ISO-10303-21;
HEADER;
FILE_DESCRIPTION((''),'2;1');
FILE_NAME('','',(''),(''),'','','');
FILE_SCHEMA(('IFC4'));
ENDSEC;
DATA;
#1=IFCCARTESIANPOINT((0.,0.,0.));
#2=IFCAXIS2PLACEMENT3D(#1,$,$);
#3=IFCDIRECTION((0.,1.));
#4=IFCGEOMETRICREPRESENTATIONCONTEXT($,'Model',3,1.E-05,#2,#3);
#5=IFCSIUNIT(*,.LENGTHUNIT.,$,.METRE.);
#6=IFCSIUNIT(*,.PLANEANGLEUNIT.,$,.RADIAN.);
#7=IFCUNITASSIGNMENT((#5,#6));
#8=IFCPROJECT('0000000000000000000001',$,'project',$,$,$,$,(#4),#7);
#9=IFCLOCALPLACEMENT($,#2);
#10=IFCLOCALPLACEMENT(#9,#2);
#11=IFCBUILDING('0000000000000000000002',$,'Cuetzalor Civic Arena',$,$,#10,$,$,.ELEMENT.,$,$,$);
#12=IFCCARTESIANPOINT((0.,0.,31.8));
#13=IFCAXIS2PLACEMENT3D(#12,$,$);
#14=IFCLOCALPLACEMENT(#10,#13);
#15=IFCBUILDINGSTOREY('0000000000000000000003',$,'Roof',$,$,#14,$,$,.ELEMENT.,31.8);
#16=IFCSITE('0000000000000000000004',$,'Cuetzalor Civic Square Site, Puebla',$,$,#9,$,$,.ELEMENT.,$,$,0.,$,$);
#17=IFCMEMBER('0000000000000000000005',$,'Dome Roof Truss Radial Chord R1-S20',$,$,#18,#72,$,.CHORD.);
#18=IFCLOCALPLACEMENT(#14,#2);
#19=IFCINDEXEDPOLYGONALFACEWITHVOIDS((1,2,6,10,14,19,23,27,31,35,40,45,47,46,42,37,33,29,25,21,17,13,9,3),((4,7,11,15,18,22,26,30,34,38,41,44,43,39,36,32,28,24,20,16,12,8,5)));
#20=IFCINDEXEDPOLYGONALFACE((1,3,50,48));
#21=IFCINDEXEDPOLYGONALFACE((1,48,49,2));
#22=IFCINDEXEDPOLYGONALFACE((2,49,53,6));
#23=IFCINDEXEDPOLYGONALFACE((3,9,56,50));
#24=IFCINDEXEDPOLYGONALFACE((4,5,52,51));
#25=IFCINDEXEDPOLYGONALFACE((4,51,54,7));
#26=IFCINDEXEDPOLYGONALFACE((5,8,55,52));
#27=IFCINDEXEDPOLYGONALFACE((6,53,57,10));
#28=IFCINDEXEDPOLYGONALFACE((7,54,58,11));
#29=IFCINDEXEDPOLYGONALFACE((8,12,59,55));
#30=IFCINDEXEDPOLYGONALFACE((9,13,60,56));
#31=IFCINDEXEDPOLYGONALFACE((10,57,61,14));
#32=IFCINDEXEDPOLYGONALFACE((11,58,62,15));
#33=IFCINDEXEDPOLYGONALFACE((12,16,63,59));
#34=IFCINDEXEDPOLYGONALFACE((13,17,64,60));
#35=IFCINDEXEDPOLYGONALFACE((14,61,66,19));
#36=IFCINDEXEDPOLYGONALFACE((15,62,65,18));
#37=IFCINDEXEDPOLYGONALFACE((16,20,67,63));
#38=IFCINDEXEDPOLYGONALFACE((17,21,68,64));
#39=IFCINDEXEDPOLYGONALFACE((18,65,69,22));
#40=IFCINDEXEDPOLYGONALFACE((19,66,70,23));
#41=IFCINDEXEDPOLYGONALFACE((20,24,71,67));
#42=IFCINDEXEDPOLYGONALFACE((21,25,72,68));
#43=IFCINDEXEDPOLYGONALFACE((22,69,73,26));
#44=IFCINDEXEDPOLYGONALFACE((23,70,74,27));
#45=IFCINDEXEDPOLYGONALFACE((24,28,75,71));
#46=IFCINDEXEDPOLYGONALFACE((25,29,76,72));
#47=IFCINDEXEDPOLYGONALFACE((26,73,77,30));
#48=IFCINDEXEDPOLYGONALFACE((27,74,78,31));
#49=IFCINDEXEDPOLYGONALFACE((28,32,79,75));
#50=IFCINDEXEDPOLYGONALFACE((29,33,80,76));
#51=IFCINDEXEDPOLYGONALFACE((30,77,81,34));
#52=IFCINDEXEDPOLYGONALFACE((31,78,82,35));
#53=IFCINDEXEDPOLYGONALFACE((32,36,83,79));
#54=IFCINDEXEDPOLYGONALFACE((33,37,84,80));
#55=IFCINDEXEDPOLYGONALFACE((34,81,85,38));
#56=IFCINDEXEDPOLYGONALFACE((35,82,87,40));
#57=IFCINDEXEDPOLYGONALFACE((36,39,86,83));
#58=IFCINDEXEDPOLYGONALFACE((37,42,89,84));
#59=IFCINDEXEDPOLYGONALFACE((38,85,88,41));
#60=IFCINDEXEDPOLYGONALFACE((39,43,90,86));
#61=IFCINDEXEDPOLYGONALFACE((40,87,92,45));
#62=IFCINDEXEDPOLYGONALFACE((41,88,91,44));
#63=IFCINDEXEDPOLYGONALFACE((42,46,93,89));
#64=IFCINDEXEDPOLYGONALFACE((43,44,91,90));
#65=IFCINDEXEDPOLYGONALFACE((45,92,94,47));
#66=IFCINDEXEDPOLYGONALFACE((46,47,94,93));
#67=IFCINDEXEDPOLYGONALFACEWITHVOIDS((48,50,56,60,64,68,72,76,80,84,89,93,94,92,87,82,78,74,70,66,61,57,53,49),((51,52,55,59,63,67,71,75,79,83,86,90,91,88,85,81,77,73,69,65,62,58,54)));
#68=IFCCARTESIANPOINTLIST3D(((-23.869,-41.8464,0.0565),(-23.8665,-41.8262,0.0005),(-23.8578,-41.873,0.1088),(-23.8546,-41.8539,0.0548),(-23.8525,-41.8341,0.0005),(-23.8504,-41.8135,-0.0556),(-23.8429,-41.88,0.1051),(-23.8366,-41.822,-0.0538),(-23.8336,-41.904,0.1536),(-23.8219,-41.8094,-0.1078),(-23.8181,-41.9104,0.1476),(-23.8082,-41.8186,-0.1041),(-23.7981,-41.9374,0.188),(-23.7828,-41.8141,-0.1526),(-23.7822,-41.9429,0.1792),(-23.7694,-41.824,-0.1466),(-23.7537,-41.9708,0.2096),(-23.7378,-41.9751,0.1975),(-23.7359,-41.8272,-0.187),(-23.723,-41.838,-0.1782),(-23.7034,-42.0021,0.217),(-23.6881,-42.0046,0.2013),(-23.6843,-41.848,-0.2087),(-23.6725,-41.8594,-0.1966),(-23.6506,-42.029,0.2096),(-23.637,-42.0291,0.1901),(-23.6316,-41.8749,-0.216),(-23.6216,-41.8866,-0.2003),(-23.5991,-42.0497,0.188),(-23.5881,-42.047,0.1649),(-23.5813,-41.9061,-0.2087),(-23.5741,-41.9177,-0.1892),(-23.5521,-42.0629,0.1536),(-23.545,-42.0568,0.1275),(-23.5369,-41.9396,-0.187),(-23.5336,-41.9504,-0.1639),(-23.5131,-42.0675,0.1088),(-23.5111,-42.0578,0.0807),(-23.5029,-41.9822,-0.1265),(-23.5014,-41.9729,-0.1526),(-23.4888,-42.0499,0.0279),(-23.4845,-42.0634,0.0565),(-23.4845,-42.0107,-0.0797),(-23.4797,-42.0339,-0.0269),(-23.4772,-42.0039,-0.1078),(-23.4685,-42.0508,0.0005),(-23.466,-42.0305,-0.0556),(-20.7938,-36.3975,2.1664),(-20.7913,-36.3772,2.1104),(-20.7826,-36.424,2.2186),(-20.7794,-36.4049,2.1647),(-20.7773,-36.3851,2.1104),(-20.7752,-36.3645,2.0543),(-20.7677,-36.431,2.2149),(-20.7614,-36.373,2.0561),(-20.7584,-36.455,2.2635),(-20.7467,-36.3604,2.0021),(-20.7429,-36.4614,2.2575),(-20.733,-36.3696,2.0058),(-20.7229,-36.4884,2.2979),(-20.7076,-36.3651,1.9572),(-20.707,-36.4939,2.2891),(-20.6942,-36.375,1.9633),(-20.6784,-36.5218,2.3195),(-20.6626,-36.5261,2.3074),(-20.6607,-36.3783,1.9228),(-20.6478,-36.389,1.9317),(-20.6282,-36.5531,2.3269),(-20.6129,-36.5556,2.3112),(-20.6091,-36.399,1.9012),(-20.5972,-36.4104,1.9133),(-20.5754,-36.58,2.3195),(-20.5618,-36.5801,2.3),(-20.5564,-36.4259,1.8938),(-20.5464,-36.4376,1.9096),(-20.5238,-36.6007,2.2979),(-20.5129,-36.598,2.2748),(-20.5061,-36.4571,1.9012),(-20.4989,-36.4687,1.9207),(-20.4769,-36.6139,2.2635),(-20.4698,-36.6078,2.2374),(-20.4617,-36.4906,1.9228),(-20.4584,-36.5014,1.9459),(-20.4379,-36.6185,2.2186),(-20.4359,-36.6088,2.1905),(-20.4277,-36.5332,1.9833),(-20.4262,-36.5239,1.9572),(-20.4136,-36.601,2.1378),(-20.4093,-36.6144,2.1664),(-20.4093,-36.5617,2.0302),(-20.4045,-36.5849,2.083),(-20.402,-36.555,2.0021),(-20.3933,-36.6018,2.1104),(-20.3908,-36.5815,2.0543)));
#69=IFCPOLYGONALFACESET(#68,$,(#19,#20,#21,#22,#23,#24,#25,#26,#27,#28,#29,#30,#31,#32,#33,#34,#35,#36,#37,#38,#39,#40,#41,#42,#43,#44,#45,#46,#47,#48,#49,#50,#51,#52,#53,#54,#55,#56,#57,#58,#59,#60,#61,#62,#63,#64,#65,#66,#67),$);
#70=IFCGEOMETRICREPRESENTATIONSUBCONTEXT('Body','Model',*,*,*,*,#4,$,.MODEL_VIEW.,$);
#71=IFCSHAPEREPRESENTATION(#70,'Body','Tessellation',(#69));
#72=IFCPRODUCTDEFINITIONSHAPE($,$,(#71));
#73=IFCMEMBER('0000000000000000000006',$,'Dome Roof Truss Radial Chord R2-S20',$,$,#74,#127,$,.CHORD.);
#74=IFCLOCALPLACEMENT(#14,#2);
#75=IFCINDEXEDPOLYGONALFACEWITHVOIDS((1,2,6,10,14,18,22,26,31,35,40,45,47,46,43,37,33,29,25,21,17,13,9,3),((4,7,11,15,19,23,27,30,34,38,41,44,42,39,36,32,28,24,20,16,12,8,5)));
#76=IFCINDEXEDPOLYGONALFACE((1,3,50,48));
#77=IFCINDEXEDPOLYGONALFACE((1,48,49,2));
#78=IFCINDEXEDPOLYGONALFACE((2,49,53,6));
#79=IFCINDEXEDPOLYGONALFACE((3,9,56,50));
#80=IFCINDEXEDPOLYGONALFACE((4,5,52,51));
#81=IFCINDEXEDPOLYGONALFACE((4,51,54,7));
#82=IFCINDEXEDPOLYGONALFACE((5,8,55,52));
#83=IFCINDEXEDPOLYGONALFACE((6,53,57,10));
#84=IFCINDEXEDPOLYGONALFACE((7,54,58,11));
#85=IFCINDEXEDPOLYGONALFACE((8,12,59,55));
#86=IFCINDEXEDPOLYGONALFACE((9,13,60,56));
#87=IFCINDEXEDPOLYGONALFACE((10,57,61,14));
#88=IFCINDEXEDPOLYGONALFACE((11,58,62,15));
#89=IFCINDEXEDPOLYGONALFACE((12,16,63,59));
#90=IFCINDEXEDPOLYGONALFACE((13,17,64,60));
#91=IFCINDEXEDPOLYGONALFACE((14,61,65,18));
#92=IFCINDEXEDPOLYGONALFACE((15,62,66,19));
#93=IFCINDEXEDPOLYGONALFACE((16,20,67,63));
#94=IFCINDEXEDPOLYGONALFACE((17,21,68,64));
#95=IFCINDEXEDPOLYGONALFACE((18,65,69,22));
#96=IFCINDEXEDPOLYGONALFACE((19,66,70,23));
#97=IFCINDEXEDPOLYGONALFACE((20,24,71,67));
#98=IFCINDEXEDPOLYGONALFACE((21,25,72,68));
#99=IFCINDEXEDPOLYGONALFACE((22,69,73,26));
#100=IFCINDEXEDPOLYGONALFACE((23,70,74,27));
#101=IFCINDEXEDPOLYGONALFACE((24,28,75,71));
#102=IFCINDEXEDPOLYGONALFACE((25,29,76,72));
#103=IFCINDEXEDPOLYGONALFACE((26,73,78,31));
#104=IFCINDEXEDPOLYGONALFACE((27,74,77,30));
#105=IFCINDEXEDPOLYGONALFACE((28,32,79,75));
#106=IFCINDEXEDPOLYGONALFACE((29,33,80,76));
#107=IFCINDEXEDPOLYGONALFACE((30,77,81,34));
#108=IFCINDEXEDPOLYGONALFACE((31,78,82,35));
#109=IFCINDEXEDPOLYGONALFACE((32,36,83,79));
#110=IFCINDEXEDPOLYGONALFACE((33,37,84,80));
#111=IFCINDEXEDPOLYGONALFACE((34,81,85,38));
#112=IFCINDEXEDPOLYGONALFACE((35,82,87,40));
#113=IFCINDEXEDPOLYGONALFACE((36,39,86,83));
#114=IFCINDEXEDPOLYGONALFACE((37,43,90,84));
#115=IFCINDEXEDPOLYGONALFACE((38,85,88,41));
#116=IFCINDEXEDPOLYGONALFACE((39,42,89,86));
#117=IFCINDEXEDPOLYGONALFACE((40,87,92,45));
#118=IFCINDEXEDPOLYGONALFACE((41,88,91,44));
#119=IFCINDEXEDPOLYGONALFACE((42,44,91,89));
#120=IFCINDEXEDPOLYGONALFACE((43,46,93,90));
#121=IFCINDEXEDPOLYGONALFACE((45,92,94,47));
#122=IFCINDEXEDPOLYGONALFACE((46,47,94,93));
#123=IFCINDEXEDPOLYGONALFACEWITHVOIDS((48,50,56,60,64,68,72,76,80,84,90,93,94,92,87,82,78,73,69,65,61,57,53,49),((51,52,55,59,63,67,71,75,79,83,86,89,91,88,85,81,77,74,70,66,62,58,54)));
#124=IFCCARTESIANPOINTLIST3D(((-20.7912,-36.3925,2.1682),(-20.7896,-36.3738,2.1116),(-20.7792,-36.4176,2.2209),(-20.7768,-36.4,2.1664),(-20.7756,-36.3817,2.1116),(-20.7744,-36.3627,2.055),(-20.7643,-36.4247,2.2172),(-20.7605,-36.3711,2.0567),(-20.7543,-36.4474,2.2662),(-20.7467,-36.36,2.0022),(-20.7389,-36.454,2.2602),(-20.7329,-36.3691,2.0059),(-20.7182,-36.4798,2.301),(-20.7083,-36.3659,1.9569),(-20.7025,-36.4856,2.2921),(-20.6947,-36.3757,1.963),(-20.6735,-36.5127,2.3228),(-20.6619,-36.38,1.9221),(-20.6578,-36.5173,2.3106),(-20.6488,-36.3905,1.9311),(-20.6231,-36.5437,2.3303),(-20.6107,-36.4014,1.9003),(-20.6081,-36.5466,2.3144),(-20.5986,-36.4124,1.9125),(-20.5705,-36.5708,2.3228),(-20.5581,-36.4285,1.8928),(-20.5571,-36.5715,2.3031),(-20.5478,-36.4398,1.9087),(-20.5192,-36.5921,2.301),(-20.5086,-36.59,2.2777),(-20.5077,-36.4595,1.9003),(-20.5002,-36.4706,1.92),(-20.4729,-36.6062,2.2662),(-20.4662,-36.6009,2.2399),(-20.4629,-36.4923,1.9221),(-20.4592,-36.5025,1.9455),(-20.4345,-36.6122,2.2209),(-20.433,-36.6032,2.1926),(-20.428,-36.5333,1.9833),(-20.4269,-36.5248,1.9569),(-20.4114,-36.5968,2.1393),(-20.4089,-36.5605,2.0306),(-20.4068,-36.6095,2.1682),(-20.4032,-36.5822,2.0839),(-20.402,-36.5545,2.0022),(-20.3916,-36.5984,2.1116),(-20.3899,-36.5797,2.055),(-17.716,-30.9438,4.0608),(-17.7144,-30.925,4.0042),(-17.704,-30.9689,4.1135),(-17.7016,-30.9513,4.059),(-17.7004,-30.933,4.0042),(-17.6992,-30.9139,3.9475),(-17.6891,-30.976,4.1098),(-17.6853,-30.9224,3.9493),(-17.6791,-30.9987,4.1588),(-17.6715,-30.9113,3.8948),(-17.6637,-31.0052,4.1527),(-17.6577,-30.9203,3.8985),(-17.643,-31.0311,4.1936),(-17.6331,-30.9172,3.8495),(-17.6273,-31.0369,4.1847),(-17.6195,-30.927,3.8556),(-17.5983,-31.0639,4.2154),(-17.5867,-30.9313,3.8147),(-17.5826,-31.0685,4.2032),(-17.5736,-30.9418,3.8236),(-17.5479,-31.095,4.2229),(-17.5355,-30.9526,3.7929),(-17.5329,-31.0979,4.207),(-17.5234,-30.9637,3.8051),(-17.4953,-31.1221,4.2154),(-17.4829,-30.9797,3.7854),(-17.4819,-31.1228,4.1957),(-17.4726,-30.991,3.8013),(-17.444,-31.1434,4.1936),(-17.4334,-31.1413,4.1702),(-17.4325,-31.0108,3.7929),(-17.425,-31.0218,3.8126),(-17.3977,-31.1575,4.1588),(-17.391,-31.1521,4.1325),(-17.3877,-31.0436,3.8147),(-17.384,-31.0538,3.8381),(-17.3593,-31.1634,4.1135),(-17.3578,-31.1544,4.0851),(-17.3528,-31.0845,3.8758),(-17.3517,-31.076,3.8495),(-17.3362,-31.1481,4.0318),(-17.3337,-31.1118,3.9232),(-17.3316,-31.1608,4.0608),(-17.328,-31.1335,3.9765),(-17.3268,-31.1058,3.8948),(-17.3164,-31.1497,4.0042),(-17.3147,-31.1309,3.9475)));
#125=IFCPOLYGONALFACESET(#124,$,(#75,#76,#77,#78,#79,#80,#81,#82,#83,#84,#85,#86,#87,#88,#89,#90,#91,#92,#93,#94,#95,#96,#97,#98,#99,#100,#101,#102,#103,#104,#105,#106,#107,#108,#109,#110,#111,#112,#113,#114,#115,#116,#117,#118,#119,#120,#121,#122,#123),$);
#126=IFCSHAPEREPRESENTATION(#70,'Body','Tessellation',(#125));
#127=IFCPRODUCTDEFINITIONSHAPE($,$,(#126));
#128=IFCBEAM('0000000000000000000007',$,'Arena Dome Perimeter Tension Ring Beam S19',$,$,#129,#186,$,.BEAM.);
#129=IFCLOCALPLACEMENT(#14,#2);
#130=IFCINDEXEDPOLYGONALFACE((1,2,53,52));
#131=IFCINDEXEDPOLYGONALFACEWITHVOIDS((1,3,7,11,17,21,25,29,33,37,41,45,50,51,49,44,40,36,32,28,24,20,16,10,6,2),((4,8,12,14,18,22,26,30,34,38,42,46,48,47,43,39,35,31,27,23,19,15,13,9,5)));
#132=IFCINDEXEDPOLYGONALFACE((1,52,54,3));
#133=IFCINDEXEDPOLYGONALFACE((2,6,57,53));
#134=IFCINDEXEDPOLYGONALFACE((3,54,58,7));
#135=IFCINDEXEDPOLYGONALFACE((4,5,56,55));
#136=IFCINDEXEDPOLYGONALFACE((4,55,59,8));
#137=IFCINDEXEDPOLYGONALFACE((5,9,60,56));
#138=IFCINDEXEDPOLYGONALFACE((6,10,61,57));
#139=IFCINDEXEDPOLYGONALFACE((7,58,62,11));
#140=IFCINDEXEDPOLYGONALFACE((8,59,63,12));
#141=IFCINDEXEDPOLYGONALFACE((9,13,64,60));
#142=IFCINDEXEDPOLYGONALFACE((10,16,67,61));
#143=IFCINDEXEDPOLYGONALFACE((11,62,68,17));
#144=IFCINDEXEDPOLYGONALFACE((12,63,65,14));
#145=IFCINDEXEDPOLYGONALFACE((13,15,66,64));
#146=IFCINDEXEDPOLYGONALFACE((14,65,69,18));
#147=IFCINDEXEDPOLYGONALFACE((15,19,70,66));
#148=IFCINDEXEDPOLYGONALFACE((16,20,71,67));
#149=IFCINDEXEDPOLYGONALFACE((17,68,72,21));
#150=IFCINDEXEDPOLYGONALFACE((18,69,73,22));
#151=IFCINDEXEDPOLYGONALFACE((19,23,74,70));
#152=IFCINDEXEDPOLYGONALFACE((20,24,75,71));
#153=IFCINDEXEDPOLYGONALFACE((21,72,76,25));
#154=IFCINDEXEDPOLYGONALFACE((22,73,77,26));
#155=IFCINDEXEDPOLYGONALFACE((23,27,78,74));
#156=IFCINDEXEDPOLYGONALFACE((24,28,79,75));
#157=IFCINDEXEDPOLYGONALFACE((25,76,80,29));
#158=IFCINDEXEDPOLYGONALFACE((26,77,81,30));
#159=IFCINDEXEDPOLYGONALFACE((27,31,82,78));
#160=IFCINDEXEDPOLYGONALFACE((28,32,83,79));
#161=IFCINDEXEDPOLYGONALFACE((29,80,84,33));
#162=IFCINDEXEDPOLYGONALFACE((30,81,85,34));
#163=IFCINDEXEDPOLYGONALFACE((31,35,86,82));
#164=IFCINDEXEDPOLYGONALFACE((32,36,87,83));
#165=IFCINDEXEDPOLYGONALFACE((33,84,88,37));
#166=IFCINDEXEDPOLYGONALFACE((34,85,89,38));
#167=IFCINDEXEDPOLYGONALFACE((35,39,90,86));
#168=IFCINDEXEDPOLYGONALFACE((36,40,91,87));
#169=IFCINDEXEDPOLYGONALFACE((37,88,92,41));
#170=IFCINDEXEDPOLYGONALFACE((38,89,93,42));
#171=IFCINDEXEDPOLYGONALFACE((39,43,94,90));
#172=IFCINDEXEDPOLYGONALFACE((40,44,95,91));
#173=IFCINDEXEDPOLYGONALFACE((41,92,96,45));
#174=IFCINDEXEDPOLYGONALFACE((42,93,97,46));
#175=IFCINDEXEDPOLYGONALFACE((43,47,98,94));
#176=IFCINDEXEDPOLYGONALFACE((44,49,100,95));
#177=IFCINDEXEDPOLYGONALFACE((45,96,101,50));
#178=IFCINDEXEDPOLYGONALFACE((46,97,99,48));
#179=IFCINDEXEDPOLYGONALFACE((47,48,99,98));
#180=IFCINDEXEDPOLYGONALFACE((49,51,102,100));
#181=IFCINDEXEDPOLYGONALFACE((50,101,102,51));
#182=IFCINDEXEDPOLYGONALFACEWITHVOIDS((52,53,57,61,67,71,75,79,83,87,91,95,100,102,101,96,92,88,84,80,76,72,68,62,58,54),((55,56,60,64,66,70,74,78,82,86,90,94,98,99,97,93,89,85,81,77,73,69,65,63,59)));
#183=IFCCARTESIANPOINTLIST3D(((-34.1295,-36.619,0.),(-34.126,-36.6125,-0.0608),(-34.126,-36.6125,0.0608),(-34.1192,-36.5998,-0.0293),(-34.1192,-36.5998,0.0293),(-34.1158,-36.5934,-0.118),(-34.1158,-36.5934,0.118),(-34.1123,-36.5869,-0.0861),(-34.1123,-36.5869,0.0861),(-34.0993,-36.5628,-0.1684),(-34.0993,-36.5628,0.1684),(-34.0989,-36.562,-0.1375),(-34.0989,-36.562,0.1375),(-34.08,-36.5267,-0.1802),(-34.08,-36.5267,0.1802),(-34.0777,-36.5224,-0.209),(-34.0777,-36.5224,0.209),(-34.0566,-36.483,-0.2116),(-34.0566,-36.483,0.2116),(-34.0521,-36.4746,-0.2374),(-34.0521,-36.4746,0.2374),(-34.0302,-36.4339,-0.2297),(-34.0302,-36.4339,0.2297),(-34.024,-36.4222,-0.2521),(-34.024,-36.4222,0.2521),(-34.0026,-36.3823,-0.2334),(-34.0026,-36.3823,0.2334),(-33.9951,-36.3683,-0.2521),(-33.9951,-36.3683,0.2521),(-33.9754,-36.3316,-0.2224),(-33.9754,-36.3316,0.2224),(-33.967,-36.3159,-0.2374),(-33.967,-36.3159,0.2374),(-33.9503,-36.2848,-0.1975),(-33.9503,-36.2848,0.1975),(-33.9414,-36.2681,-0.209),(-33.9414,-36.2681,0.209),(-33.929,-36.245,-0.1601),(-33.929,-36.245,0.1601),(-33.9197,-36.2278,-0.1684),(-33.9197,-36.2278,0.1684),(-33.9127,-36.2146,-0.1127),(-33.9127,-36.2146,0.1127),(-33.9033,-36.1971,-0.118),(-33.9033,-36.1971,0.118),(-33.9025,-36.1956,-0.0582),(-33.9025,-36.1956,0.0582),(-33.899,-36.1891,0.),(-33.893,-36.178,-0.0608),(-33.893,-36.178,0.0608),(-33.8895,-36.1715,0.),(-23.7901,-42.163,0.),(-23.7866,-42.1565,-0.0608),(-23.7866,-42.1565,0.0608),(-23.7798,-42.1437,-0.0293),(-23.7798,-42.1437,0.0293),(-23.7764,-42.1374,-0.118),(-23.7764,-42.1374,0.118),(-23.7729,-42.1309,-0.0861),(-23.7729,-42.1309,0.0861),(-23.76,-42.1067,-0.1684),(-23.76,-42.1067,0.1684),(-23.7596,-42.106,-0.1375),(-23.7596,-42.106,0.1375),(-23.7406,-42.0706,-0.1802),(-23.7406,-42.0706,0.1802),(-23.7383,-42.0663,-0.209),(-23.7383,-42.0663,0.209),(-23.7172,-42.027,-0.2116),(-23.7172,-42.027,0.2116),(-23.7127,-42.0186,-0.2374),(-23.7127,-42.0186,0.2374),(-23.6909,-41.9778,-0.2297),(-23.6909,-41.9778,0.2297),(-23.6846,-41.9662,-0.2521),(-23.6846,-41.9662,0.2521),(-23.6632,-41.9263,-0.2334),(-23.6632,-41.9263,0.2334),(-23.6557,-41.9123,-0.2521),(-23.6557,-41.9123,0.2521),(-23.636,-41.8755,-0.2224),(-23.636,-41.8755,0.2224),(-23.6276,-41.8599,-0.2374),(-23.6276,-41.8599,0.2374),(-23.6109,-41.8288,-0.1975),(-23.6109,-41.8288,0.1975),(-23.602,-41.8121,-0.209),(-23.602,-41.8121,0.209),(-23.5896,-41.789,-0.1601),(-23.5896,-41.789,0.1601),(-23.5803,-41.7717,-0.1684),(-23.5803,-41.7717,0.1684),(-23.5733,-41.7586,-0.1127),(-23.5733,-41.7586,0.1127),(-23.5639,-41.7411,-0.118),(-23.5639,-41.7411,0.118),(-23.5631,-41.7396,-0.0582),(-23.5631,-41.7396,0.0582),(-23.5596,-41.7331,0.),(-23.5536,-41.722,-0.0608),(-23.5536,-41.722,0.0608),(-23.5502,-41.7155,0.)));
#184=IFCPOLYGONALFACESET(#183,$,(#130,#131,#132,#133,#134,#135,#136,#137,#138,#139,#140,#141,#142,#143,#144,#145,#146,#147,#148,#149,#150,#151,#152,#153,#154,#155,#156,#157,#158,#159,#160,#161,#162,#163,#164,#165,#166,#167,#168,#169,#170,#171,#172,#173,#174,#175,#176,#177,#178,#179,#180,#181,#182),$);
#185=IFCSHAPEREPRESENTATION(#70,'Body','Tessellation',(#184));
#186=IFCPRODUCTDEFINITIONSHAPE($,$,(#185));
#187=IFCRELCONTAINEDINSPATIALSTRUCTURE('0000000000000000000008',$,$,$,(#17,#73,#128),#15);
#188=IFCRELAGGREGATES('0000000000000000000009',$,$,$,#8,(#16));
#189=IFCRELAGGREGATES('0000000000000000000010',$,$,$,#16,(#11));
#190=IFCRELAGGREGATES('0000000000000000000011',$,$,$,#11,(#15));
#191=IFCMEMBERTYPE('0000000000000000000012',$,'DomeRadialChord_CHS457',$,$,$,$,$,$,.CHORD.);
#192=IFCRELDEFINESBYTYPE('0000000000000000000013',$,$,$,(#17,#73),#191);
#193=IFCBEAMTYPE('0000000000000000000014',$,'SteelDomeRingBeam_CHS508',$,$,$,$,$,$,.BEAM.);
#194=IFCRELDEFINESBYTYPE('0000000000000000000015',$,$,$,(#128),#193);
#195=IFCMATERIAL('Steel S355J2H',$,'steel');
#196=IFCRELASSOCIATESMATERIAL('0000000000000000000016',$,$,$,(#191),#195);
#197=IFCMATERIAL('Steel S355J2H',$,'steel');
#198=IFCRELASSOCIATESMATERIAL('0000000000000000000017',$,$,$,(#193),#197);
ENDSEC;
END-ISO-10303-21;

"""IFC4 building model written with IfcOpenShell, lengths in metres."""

from ifc_helpers import new_model, si_unit, direction, frame, origin, origin_2d, place, context, subcontext, project, spatial, hollow_circle, extrude, material, material_profile, profile_set, type_object, element, save


model = new_model("IFC4")

# Units and contexts
model_context = context("Model", 3, precision=1e-05, world=origin(), true_north=direction((0.0, 1.0)))
body_context = subcontext(model_context, "Body", "Model", "MODEL_VIEW")
ifc_project = project(units=[si_unit("LENGTHUNIT", "METRE"), si_unit("PLANEANGLEUNIT", "RADIAN")], contexts=[model_context])

# Site, building, storey
site_placement = place(None, origin())
site = spatial("IfcSite", under=ifc_project, at=site_placement, Name="Cuetzalor Civic Square Site, Puebla", CompositionType="ELEMENT", RefElevation=0.0)
building_placement = place(site_placement, origin())
building = spatial("IfcBuilding", under=site, at=building_placement, Name="Cuetzalor Civic Arena", CompositionType="ELEMENT")
storey_placement = place(building_placement, frame((0.0, 0.0, 31.8)))
storey = spatial("IfcBuildingStorey", under=building, at=storey_placement, Name="Roof", CompositionType="ELEMENT", Elevation=31.8)

# Members
ifc_material_1 = material(Name="Steel S355J2H", Category="steel")
ifc_material_profile_1 = material_profile(ifc_material_1, hollow_circle(Radius=0.2285, WallThickness=0.0161, at=origin_2d()), Name="CHS 457x16")
ifc_profile_set_1 = profile_set([ifc_material_profile_1], Name="Steel S355J2H")
member_type_1 = type_object("IfcMemberType", Name="DomeRadialChord_CHS457", PredefinedType="CHORD", material=ifc_profile_set_1)
member_1_placement = place(storey_placement, frame((-23.6675, -41.9385, 0.0005), z_axis=(0.465727, 0.825226, 0.319531), x_axis=(-0.870882, 0.491493, 0.0)))
element("IfcMember", 1, at=member_1_placement, inside=storey, type_object=member_type_1, Name="Dome Roof Truss Radial Chord R1-S20", PredefinedType="CHORD", context=body_context, shape_type="SweptSolid", body=[
    extrude(hollow_circle(Radius=0.2285, WallThickness=0.0161, at=origin_2d()), origin(), (0.0, 0.0, 1.0), 6.603),
])
member_2_placement = place(storey_placement, frame((-20.5906, -36.4861, 2.1116), z_axis=(0.470457, 0.833571, 0.289535), x_axis=(-0.870872, 0.491509, 0.0)))
element("IfcMember", 2, at=member_2_placement, inside=storey, type_object=member_type_1, Name="Dome Roof Truss Radial Chord R2-S20", PredefinedType="CHORD", context=body_context, shape_type="SweptSolid", body=[
    extrude(hollow_circle(Radius=0.2285, WallThickness=0.0161, at=origin_2d()), origin(), (0.0, 0.0, 1.0), 6.5366),
])

# Beam
ifc_material_2 = material(Name="Steel S355J2H", Category="steel")
ifc_material_profile_2 = material_profile(ifc_material_2, hollow_circle(Radius=0.2539, WallThickness=0.02, at=origin_2d()), Name="CHS 508x20")
ifc_profile_set_2 = profile_set([ifc_material_profile_2], Name="Steel S355J2H")
beam_type = type_object("IfcBeamType", Name="SteelDomeRingBeam_CHS508", PredefinedType="BEAM", material=ifc_profile_set_2)
beam_1_placement = place(storey_placement, frame((-34.0095, -36.3953, 0.0), z_axis=(0.881302, -0.472553, 0.0), x_axis=(0.472553, 0.881302, 0.0)))
element("IfcBeam", 3, at=beam_1_placement, inside=storey, type_object=beam_type, Name="Arena Dome Perimeter Tension Ring Beam S19", PredefinedType="BEAM", context=body_context, shape_type="SweptSolid", body=[
    extrude(hollow_circle(Radius=0.2539, WallThickness=0.02, at=origin_2d()), origin(), (0.0, 0.0, 1.0), 11.7319),
])

save(model, "model.ifc")
